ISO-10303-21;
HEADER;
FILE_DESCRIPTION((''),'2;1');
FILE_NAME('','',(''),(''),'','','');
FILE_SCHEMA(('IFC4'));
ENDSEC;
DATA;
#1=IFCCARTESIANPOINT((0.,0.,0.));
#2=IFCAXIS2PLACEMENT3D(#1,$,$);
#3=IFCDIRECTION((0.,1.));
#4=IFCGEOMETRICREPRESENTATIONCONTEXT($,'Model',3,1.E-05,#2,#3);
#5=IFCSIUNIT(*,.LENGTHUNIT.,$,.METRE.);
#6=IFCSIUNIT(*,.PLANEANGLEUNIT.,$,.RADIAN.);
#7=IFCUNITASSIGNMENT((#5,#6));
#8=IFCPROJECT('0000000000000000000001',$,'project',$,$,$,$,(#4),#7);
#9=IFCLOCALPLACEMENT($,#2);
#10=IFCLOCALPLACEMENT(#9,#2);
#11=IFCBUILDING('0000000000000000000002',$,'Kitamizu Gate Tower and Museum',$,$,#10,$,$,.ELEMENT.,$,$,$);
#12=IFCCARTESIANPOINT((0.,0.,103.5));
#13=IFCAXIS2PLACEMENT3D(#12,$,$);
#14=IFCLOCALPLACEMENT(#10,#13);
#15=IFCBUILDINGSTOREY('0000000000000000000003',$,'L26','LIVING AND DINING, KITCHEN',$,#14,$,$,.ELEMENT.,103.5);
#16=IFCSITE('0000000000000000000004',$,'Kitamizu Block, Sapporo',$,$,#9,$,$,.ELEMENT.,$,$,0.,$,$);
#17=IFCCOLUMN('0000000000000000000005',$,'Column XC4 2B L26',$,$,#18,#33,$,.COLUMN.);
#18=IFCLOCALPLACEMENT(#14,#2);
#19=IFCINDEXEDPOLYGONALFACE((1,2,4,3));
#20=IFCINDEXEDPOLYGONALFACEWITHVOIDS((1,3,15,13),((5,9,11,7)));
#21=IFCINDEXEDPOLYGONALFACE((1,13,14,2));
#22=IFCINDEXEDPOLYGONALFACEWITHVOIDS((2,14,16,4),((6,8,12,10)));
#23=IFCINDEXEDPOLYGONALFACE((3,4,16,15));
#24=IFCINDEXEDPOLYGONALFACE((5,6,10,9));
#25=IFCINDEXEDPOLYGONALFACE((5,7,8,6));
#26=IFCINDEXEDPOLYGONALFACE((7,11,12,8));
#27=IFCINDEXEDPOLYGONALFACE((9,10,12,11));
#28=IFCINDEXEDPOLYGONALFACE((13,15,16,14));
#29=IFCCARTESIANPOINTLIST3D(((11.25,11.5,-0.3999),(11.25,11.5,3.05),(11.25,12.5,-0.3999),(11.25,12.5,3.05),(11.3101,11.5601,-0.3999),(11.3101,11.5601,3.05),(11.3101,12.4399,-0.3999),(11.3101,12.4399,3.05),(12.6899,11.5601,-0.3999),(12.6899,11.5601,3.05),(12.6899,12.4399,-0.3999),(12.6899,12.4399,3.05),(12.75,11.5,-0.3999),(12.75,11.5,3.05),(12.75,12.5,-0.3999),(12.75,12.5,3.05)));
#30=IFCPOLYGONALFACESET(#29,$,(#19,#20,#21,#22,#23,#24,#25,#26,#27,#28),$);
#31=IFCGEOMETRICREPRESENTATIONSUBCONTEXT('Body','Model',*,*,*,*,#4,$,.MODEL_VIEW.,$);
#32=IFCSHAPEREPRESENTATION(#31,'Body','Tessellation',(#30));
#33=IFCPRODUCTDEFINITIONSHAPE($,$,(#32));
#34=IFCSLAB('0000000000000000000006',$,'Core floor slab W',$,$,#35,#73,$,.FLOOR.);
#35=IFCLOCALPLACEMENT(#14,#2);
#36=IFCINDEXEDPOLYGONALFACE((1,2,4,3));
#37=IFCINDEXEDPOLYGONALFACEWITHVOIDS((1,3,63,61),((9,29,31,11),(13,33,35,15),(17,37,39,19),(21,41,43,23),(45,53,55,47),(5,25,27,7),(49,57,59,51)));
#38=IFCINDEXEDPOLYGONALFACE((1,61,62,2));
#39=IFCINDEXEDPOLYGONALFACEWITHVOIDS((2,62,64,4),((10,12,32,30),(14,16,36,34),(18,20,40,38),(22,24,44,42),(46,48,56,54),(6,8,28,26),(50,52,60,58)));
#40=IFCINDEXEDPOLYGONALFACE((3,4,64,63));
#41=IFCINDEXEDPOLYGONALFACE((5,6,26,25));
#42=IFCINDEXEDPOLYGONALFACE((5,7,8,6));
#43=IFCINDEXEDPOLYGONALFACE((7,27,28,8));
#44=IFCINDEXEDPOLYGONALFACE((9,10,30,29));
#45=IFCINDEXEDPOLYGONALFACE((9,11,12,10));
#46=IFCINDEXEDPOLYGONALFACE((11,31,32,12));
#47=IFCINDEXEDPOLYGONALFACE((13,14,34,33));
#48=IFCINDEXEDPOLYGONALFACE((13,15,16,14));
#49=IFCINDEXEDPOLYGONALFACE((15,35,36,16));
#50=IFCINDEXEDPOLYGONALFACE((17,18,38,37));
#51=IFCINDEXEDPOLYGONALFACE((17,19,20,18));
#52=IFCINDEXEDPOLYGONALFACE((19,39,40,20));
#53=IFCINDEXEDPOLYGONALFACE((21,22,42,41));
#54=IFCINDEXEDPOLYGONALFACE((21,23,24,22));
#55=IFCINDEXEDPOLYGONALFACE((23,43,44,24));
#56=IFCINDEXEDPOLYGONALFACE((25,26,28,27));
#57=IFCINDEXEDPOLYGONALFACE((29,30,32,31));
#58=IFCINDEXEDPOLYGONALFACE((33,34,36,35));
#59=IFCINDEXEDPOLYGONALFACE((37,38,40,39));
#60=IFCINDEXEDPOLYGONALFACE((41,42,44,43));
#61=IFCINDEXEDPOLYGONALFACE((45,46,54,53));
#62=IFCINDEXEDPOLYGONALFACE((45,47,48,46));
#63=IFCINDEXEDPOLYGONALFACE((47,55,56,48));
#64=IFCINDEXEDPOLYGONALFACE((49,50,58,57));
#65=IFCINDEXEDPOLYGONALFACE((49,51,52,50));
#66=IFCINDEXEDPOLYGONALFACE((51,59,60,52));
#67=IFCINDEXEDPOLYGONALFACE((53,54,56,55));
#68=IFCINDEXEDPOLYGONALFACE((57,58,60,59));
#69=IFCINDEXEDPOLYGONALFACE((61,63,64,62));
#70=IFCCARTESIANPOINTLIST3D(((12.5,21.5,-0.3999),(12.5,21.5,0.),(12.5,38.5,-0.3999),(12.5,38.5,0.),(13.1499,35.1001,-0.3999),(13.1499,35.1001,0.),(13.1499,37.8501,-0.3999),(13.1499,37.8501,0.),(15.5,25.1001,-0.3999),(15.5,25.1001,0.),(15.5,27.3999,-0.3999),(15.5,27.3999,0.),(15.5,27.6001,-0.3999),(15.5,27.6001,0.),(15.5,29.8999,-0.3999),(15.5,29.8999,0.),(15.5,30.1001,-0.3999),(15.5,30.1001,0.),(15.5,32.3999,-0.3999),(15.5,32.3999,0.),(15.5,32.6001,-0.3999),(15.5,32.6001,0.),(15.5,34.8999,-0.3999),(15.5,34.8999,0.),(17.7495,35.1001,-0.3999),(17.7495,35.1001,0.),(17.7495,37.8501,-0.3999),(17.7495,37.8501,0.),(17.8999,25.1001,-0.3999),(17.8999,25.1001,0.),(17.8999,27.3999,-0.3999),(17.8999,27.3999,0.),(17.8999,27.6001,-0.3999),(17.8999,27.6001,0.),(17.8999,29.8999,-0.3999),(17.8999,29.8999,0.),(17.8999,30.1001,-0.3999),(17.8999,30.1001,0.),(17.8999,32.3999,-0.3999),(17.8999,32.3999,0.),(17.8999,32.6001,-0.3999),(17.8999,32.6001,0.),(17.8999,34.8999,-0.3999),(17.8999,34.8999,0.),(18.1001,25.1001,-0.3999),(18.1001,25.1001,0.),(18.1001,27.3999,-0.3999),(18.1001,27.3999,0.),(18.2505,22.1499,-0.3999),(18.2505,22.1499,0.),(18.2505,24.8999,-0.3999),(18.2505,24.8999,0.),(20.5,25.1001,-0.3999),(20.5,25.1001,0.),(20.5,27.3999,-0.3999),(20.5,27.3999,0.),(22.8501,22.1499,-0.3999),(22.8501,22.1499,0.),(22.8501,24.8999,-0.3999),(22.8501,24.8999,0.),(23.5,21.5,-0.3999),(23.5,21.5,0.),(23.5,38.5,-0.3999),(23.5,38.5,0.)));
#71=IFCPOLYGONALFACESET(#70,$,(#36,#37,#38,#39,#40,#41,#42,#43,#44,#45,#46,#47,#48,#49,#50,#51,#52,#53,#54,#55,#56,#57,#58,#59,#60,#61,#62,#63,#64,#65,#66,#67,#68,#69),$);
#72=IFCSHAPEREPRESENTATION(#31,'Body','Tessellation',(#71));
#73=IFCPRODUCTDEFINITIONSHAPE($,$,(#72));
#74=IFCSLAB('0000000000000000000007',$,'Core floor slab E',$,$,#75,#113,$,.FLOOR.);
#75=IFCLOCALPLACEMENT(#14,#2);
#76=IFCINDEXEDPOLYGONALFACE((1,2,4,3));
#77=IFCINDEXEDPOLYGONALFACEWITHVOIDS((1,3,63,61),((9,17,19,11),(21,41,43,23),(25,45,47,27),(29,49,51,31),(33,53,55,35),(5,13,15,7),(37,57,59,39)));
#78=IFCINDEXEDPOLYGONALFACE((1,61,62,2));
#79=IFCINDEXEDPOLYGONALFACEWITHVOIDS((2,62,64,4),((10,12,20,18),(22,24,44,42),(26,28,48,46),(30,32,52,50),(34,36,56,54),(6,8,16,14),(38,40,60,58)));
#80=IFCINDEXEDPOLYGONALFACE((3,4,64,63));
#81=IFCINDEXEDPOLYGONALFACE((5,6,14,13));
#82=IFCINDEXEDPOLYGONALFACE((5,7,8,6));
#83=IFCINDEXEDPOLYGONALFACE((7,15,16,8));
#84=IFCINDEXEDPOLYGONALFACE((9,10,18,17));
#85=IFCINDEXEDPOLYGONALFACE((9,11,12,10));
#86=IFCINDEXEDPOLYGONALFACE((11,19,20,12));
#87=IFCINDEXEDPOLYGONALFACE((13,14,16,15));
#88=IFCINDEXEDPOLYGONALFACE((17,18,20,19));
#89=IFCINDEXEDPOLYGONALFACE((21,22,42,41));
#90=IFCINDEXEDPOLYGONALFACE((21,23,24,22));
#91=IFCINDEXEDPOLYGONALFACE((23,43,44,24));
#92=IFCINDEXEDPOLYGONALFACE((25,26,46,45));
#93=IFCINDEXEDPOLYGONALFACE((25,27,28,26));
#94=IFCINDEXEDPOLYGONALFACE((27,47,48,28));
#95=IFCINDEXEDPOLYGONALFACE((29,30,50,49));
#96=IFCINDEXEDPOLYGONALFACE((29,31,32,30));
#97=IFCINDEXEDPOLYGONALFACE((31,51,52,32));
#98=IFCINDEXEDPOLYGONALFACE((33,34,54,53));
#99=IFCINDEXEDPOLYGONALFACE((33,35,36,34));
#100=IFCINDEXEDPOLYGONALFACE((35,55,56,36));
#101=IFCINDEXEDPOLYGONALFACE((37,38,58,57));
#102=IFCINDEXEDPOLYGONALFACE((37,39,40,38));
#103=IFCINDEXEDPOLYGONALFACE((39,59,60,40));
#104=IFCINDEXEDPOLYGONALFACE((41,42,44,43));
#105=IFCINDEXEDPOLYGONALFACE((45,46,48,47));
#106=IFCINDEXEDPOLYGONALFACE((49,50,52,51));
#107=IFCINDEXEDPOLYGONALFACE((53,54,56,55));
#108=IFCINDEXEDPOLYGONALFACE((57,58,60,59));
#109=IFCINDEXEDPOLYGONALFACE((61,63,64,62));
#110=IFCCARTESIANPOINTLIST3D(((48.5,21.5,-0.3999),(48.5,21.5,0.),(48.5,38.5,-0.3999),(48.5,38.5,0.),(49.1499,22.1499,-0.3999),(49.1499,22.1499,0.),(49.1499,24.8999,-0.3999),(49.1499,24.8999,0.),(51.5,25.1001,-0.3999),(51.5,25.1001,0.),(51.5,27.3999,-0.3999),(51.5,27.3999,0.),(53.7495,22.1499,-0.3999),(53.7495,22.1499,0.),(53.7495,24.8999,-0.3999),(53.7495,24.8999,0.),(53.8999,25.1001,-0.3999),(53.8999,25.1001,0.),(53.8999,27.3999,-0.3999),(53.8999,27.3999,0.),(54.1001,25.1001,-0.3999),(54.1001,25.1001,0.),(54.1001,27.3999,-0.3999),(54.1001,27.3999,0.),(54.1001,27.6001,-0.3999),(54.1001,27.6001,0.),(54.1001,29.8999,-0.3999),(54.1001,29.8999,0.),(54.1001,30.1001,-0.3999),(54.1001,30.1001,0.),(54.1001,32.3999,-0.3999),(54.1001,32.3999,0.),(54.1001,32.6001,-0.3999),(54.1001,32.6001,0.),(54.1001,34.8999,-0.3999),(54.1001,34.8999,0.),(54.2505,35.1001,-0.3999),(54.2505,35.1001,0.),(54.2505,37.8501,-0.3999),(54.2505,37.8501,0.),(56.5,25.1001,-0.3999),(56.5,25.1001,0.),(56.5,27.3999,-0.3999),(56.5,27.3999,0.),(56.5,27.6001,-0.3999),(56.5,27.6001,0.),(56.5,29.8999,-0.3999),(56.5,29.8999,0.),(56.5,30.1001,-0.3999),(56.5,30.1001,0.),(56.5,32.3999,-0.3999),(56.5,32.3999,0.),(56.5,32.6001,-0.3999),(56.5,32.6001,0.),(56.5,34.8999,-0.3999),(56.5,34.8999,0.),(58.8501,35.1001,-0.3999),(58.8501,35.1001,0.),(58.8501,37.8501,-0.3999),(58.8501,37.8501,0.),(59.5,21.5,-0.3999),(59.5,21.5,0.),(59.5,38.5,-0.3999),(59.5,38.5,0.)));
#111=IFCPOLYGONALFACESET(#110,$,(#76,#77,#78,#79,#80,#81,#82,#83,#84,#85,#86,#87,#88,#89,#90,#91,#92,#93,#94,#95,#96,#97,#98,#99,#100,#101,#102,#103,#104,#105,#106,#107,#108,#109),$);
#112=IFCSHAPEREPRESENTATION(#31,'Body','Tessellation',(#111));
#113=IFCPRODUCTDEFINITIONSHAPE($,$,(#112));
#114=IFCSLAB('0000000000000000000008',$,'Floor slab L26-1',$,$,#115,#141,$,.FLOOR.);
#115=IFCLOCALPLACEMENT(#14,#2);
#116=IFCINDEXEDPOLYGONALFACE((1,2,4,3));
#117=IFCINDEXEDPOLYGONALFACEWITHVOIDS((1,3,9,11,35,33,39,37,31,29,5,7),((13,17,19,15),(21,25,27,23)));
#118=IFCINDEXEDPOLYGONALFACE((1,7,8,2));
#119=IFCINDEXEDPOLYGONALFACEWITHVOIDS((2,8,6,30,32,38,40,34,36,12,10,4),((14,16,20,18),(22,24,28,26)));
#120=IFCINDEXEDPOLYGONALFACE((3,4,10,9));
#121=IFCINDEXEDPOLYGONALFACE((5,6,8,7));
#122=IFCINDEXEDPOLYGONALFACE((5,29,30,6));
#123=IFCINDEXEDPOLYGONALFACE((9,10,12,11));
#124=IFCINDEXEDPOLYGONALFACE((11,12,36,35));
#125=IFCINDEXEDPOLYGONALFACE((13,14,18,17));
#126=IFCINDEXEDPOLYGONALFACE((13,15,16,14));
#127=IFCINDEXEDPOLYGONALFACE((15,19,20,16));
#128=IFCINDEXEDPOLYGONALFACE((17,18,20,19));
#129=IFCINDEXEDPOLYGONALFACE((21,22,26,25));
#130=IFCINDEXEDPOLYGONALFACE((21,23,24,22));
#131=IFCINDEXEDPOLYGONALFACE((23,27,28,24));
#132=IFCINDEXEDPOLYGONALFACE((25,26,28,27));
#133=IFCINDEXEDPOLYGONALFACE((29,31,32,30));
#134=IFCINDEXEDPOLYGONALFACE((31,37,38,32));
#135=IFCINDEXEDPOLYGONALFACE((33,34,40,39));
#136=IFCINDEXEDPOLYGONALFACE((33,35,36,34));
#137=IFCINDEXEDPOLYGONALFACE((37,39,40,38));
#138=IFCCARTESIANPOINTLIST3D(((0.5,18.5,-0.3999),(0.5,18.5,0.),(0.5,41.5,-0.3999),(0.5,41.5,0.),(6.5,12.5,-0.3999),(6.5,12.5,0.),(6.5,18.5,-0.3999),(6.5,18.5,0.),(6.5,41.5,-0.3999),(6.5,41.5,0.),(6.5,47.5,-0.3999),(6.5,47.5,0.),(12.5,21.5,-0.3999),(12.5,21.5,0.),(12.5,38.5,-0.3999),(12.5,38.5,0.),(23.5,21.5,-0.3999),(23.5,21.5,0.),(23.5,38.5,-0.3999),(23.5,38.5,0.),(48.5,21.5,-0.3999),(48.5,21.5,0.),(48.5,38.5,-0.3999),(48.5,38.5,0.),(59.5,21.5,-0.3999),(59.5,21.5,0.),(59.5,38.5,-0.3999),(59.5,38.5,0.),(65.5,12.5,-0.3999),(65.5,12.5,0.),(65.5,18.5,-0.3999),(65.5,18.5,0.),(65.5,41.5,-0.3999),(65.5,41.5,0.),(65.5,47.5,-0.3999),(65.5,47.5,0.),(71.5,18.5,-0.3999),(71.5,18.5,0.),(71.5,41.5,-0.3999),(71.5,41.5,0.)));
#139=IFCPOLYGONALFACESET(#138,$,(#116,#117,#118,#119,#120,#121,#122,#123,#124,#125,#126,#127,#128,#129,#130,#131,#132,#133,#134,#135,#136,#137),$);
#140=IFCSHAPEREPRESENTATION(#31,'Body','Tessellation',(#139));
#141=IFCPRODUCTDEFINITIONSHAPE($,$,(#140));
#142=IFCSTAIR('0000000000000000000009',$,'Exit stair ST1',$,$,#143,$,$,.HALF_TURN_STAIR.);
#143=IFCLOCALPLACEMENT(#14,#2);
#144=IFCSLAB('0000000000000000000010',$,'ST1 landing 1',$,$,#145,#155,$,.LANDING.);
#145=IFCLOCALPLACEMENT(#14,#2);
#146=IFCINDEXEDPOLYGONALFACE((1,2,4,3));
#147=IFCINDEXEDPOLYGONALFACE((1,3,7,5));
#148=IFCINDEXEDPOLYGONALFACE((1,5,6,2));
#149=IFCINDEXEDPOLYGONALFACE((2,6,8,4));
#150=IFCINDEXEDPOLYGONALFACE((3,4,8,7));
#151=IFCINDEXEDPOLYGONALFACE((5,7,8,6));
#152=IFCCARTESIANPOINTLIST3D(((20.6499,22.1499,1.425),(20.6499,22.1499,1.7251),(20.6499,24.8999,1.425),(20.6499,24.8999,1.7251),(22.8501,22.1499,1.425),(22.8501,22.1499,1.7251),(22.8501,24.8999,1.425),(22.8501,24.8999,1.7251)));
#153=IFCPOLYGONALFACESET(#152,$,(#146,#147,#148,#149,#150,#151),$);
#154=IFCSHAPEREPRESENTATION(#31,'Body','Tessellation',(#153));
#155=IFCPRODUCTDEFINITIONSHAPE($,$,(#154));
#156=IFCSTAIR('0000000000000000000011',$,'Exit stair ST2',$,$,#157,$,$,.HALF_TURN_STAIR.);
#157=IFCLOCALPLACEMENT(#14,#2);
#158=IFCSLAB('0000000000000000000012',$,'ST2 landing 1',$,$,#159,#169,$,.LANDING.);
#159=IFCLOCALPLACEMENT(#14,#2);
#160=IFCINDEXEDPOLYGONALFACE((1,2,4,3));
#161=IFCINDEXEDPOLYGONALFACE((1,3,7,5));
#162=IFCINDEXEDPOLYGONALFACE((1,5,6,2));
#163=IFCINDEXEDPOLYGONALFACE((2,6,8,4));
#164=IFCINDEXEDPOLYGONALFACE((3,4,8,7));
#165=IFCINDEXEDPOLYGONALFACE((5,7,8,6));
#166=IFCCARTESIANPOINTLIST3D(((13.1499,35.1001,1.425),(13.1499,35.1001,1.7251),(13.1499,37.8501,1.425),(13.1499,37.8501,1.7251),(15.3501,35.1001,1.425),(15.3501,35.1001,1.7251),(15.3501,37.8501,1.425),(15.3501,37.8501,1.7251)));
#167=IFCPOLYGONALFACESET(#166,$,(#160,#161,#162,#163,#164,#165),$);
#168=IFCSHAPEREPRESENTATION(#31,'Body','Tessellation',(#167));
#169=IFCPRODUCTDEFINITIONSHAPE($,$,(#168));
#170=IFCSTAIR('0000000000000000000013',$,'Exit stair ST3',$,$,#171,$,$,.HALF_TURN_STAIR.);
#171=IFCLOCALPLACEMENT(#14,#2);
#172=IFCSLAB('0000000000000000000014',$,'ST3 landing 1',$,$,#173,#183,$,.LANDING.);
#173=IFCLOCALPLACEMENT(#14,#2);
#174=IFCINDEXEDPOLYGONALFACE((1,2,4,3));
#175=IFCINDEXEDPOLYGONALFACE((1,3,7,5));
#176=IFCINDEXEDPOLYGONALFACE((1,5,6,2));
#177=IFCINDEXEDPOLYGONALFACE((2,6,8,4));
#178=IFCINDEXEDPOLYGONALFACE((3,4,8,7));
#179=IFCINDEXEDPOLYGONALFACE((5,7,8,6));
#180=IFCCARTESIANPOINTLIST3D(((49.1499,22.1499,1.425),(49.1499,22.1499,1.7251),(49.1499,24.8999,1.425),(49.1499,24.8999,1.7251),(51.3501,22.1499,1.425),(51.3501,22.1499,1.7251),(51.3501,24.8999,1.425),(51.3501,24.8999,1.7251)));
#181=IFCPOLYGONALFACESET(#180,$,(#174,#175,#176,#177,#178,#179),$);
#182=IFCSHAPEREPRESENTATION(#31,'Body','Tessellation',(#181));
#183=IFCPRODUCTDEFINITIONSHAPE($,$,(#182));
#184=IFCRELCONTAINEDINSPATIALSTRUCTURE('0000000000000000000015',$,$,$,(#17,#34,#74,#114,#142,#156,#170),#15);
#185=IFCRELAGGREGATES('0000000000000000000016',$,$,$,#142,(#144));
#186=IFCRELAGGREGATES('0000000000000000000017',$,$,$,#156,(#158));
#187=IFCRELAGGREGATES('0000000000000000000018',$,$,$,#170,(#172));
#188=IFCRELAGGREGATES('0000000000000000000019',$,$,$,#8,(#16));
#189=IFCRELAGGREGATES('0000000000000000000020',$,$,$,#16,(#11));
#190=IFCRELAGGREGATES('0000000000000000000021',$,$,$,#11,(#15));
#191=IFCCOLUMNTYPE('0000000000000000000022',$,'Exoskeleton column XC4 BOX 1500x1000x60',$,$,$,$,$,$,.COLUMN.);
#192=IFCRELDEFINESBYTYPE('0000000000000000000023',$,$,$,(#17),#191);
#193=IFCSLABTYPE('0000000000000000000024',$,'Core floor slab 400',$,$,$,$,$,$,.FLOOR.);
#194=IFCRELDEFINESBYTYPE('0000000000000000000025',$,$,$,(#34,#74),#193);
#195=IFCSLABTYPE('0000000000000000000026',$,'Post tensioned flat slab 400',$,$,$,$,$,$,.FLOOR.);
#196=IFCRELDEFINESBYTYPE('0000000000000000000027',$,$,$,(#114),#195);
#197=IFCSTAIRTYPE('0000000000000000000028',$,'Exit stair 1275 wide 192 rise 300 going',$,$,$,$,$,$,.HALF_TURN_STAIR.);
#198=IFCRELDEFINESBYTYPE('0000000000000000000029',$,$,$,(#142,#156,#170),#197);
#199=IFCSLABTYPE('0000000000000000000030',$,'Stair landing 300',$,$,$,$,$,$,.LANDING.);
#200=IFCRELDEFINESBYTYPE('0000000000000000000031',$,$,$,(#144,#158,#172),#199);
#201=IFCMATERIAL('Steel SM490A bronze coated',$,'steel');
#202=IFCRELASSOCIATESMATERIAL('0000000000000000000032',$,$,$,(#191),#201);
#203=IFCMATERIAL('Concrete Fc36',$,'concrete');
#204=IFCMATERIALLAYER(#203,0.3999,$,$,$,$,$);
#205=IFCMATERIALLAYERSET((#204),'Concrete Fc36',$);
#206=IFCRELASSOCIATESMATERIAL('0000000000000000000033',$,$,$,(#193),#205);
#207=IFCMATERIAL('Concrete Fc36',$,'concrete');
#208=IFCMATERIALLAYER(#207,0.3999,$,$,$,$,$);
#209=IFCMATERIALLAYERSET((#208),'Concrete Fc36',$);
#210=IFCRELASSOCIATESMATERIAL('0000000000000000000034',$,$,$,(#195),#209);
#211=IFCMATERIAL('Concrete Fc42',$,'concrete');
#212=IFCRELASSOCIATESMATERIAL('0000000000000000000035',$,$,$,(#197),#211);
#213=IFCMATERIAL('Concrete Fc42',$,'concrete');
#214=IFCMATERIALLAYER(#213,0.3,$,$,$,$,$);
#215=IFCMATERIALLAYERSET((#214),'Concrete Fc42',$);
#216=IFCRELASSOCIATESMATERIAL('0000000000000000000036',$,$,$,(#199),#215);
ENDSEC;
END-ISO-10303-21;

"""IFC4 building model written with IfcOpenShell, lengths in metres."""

from ifc_helpers import new_model, si_unit, direction, frame, origin, origin_2d, place, context, subcontext, project, spatial, polyline, hollow_rectangle, outline, extrude, material, layer, layer_set, material_profile, profile_set, type_object, element, aggregate, save


model = new_model("IFC4")

# Units and contexts
model_context = context("Model", 3, precision=1e-05, world=origin(), true_north=direction((0.0, 1.0)))
body_context = subcontext(model_context, "Body", "Model", "MODEL_VIEW")
ifc_project = project(units=[si_unit("LENGTHUNIT", "METRE"), si_unit("PLANEANGLEUNIT", "RADIAN")], contexts=[model_context])

# Site, building, storey
site_placement = place(None, origin())
site = spatial("IfcSite", under=ifc_project, at=site_placement, Name="Kitamizu Block, Sapporo", CompositionType="ELEMENT", RefElevation=0.0)
building_placement = place(site_placement, origin())
building = spatial("IfcBuilding", under=site, at=building_placement, Name="Kitamizu Gate Tower and Museum", CompositionType="ELEMENT")
storey_placement = place(building_placement, frame((0.0, 0.0, 103.5)))
storey = spatial("IfcBuildingStorey", under=building, at=storey_placement, Name="L26", Description="LIVING AND DINING, KITCHEN", CompositionType="ELEMENT", Elevation=103.5)

# Column
ifc_material_1 = material(Name="Steel SM490A bronze coated", Category="steel")
ifc_material_profile = material_profile(ifc_material_1, hollow_rectangle(XDim=1.5, YDim=1.0, WallThickness=0.0601, at=origin_2d()), Name="BOX 1500x1000x60")
ifc_profile_set = profile_set([ifc_material_profile], Name="Steel SM490A bronze coated")
column_type = type_object("IfcColumnType", Name="Exoskeleton column XC4 BOX 1500x1000x60", PredefinedType="COLUMN", material=ifc_profile_set)
column_placement = place(storey_placement, frame((12.0, 12.0, -0.3999), z_axis=(0.0, 0.0, 1.0), x_axis=(1.0, 0.0, 0.0)))
element("IfcColumn", 1, at=column_placement, inside=storey, type_object=column_type, Name="Column XC4 2B L26", PredefinedType="COLUMN", context=body_context, shape_type="SweptSolid", body=[
    extrude(hollow_rectangle(XDim=1.5, YDim=1.0, WallThickness=0.0601, at=origin_2d()), origin(), (0.0, 0.0, 1.0), 3.45),
])

# Slabs
ifc_material_2 = material(Name="Concrete Fc36", Category="concrete")
ifc_layer_1 = layer(ifc_material_2, 0.3999)
ifc_layer_set_1 = layer_set([ifc_layer_1], Name="Concrete Fc36")
slab_type_1 = type_object("IfcSlabType", Name="Core floor slab 400", PredefinedType="FLOOR", material=ifc_layer_set_1)
slab_1_placement = place(storey_placement, frame((0.0, 0.0, -0.3999)))
element("IfcSlab", 2, at=slab_1_placement, inside=storey, type_object=slab_type_1, Name="Core floor slab W", PredefinedType="FLOOR", context=body_context, shape_type="SweptSolid", body=[
    extrude(outline(polyline([(12.5, 21.5), (23.5, 21.5), (23.5, 38.5), (12.5, 38.5), (12.5, 21.5)]), holes=[polyline([(15.5, 25.1001), (17.8999, 25.1001), (17.8999, 27.3999), (15.5, 27.3999), (15.5, 25.1001)]), polyline([(15.5, 27.6001), (17.8999, 27.6001), (17.8999, 29.8999), (15.5, 29.8999), (15.5, 27.6001)]), polyline([(15.5, 30.1001), (17.8999, 30.1001), (17.8999, 32.3999), (15.5, 32.3999), (15.5, 30.1001)]), polyline([(15.5, 32.6001), (17.8999, 32.6001), (17.8999, 34.8999), (15.5, 34.8999), (15.5, 32.6001)]), polyline([(18.1001, 25.1001), (20.5, 25.1001), (20.5, 27.3999), (18.1001, 27.3999), (18.1001, 25.1001)]), polyline([(18.2505, 22.1499), (22.8501, 22.1499), (22.8501, 24.8999), (18.2505, 24.8999), (18.2505, 22.1499)]), polyline([(13.1499, 35.1001), (17.7495, 35.1001), (17.7495, 37.8501), (13.1499, 37.8501), (13.1499, 35.1001)])]), origin(), (0.0, 0.0, 1.0), 0.3999),
])
slab_2_placement = place(storey_placement, frame((0.0, 0.0, -0.3999)))
element("IfcSlab", 3, at=slab_2_placement, inside=storey, type_object=slab_type_1, Name="Core floor slab E", PredefinedType="FLOOR", context=body_context, shape_type="SweptSolid", body=[
    extrude(outline(polyline([(48.5, 21.5), (59.5, 21.5), (59.5, 38.5), (48.5, 38.5), (48.5, 21.5)]), holes=[polyline([(54.1001, 25.1001), (56.5, 25.1001), (56.5, 27.3999), (54.1001, 27.3999), (54.1001, 25.1001)]), polyline([(54.1001, 27.6001), (56.5, 27.6001), (56.5, 29.8999), (54.1001, 29.8999), (54.1001, 27.6001)]), polyline([(54.1001, 30.1001), (56.5, 30.1001), (56.5, 32.3999), (54.1001, 32.3999), (54.1001, 30.1001)]), polyline([(54.1001, 32.6001), (56.5, 32.6001), (56.5, 34.8999), (54.1001, 34.8999), (54.1001, 32.6001)]), polyline([(51.5, 25.1001), (53.8999, 25.1001), (53.8999, 27.3999), (51.5, 27.3999), (51.5, 25.1001)]), polyline([(49.1499, 22.1499), (53.7495, 22.1499), (53.7495, 24.8999), (49.1499, 24.8999), (49.1499, 22.1499)]), polyline([(54.2505, 35.1001), (58.8501, 35.1001), (58.8501, 37.8501), (54.2505, 37.8501), (54.2505, 35.1001)])]), origin(), (0.0, 0.0, 1.0), 0.3999),
])
ifc_material_3 = material(Name="Concrete Fc36", Category="concrete")
ifc_layer_2 = layer(ifc_material_3, 0.3999)
ifc_layer_set_2 = layer_set([ifc_layer_2], Name="Concrete Fc36")
slab_type_2 = type_object("IfcSlabType", Name="Post tensioned flat slab 400", PredefinedType="FLOOR", material=ifc_layer_set_2)
slab_3_placement = place(storey_placement, frame((0.0, 0.0, -0.3999)))
element("IfcSlab", 4, at=slab_3_placement, inside=storey, type_object=slab_type_2, Name="Floor slab L26-1", PredefinedType="FLOOR", context=body_context, shape_type="SweptSolid", body=[
    extrude(outline(polyline([(0.5, 18.5), (0.5, 41.5), (6.5, 41.5), (6.5, 47.5), (65.5, 47.5), (65.5, 41.5), (71.5, 41.5), (71.5, 18.5), (65.5, 18.5), (65.5, 12.5), (6.5, 12.5), (6.5, 18.5), (0.5, 18.5)]), holes=[polyline([(59.5, 38.5), (48.5, 38.5), (48.5, 21.5), (59.5, 21.5), (59.5, 38.5)]), polyline([(12.5, 38.5), (12.5, 21.5), (23.5, 21.5), (23.5, 38.5), (12.5, 38.5)])]), origin(), (0.0, 0.0, 1.0), 0.3999),
])

# Stairs, slabs
ifc_material_4 = material(Name="Concrete Fc42", Category="concrete")
stair_type = type_object("IfcStairType", Name="Exit stair 1275 wide 192 rise 300 going", PredefinedType="HALF_TURN_STAIR", material=ifc_material_4)
stair_1_placement = place(storey_placement, origin())
stair_1 = element("IfcStair", 5, at=stair_1_placement, inside=storey, type_object=stair_type, Name="Exit stair ST1", PredefinedType="HALF_TURN_STAIR")
ifc_material_5 = material(Name="Concrete Fc42", Category="concrete")
ifc_layer_3 = layer(ifc_material_5, 0.3)
ifc_layer_set_3 = layer_set([ifc_layer_3], Name="Concrete Fc42")
slab_type_3 = type_object("IfcSlabType", Name="Stair landing 300", PredefinedType="LANDING", material=ifc_layer_set_3)
slab_4_placement = place(storey_placement, frame((0.0, 0.0, 1.425)))
slab_4 = element("IfcSlab", 6, at=slab_4_placement, type_object=slab_type_3, Name="ST1 landing 1", PredefinedType="LANDING", context=body_context, shape_type="SweptSolid", body=[
    extrude(outline(polyline([(20.6499, 22.1499), (22.8501, 22.1499), (22.8501, 24.8999), (20.6499, 24.8999), (20.6499, 22.1499)])), origin(), (0.0, 0.0, 1.0), 0.3),
])
aggregate(stair_1, [slab_4])
stair_2_placement = place(storey_placement, origin())
stair_2 = element("IfcStair", 7, at=stair_2_placement, inside=storey, type_object=stair_type, Name="Exit stair ST2", PredefinedType="HALF_TURN_STAIR")
slab_5_placement = place(storey_placement, frame((0.0, 0.0, 1.425)))
slab_5 = element("IfcSlab", 8, at=slab_5_placement, type_object=slab_type_3, Name="ST2 landing 1", PredefinedType="LANDING", context=body_context, shape_type="SweptSolid", body=[
    extrude(outline(polyline([(13.1499, 35.1001), (15.3501, 35.1001), (15.3501, 37.8501), (13.1499, 37.8501), (13.1499, 35.1001)])), origin(), (0.0, 0.0, 1.0), 0.3),
])
aggregate(stair_2, [slab_5])
stair_3_placement = place(storey_placement, origin())
stair_3 = element("IfcStair", 9, at=stair_3_placement, inside=storey, type_object=stair_type, Name="Exit stair ST3", PredefinedType="HALF_TURN_STAIR")
slab_6_placement = place(storey_placement, frame((0.0, 0.0, 1.425)))
slab_6 = element("IfcSlab", 10, at=slab_6_placement, type_object=slab_type_3, Name="ST3 landing 1", PredefinedType="LANDING", context=body_context, shape_type="SweptSolid", body=[
    extrude(outline(polyline([(49.1499, 22.1499), (51.3501, 22.1499), (51.3501, 24.8999), (49.1499, 24.8999), (49.1499, 22.1499)])), origin(), (0.0, 0.0, 1.0), 0.3),
])
aggregate(stair_3, [slab_6])

save(model, "model.ifc")
